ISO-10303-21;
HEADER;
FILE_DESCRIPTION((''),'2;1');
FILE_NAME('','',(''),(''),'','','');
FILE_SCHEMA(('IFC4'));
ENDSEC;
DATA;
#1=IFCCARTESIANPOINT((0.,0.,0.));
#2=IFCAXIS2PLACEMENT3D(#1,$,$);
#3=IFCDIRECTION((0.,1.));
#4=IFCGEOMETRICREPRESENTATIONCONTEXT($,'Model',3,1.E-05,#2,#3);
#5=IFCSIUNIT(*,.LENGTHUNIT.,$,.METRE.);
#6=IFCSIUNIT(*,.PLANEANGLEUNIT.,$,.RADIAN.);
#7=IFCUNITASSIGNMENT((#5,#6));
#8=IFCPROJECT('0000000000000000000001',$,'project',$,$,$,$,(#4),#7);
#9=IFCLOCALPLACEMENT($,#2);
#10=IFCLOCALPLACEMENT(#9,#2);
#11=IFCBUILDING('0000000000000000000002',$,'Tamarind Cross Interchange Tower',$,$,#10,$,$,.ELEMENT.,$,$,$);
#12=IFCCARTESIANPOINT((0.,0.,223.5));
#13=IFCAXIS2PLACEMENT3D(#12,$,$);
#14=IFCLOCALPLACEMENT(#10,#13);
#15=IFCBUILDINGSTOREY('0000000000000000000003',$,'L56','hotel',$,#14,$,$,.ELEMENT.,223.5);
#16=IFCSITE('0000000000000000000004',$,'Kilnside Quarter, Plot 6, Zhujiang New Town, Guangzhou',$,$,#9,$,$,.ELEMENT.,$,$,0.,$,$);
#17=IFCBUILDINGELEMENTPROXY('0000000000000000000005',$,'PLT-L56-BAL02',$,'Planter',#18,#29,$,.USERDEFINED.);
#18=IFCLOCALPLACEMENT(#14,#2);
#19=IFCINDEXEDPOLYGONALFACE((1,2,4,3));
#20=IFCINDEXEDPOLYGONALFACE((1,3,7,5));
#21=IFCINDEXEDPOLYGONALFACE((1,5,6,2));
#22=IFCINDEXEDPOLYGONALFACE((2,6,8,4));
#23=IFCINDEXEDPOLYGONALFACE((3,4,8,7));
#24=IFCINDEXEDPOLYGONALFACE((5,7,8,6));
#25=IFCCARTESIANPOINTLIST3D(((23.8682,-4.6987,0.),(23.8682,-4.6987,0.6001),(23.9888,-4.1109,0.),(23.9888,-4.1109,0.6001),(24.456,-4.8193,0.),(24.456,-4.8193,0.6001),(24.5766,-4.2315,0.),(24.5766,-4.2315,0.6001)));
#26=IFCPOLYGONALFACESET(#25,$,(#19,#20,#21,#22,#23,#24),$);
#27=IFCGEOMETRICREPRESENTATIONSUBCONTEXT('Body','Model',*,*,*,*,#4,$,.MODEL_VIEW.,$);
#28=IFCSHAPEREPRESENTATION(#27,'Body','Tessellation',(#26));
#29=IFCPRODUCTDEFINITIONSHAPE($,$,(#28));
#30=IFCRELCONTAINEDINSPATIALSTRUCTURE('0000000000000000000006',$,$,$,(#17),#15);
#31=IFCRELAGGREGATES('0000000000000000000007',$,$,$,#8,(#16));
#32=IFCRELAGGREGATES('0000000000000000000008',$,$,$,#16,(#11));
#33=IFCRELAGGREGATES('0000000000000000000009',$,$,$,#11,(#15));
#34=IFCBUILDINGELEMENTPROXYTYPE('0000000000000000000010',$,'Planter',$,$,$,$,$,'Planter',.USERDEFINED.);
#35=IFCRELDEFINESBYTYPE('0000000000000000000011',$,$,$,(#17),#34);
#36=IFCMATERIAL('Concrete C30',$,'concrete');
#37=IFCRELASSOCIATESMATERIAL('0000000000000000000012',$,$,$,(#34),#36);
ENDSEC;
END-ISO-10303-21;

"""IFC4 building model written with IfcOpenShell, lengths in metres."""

from ifc_helpers import new_model, si_unit, direction, frame, origin, origin_2d, place, context, subcontext, project, spatial, rectangle, extrude, material, type_object, element, save


model = new_model("IFC4")

# Units and contexts
model_context = context("Model", 3, precision=1e-05, world=origin(), true_north=direction((0.0, 1.0)))
body_context = subcontext(model_context, "Body", "Model", "MODEL_VIEW")
ifc_project = project(units=[si_unit("LENGTHUNIT", "METRE"), si_unit("PLANEANGLEUNIT", "RADIAN")], contexts=[model_context])

# Site, building, storey
site_placement = place(None, origin())
site = spatial("IfcSite", under=ifc_project, at=site_placement, Name="Kilnside Quarter, Plot 6, Zhujiang New Town, Guangzhou", CompositionType="ELEMENT", RefElevation=0.0)
building_placement = place(site_placement, origin())
building = spatial("IfcBuilding", under=site, at=building_placement, Name="Tamarind Cross Interchange Tower", CompositionType="ELEMENT")
storey_placement = place(building_placement, frame((0.0, 0.0, 223.5)))
storey = spatial("IfcBuildingStorey", under=building, at=storey_placement, Name="L56", Description="hotel", CompositionType="ELEMENT", Elevation=223.5)

# Building element proxy
ifc_material_1 = material(Name="Concrete C30", Category="concrete")
building_element_proxy_type = type_object("IfcBuildingElementProxyType", Name="Planter", ElementType="Planter", PredefinedType="USERDEFINED", material=ifc_material_1)
proxy_placement = place(storey_placement, origin())
element("IfcBuildingElementProxy", 1, at=proxy_placement, inside=storey, type_object=building_element_proxy_type, Name="PLT-L56-BAL02", ObjectType="Planter", PredefinedType="USERDEFINED", context=body_context, shape_type="SweptSolid", body=[
    extrude(rectangle(XDim=0.6001, YDim=0.6001, at=origin_2d()), frame((24.2224, -4.4651, 0.0), z_axis=(0.0, 0.0, 1.0), x_axis=(0.201001, 0.979591, 0.0)), (0.0, 0.0, 1.0), 0.6001),
])

save(model, "model.ifc")
